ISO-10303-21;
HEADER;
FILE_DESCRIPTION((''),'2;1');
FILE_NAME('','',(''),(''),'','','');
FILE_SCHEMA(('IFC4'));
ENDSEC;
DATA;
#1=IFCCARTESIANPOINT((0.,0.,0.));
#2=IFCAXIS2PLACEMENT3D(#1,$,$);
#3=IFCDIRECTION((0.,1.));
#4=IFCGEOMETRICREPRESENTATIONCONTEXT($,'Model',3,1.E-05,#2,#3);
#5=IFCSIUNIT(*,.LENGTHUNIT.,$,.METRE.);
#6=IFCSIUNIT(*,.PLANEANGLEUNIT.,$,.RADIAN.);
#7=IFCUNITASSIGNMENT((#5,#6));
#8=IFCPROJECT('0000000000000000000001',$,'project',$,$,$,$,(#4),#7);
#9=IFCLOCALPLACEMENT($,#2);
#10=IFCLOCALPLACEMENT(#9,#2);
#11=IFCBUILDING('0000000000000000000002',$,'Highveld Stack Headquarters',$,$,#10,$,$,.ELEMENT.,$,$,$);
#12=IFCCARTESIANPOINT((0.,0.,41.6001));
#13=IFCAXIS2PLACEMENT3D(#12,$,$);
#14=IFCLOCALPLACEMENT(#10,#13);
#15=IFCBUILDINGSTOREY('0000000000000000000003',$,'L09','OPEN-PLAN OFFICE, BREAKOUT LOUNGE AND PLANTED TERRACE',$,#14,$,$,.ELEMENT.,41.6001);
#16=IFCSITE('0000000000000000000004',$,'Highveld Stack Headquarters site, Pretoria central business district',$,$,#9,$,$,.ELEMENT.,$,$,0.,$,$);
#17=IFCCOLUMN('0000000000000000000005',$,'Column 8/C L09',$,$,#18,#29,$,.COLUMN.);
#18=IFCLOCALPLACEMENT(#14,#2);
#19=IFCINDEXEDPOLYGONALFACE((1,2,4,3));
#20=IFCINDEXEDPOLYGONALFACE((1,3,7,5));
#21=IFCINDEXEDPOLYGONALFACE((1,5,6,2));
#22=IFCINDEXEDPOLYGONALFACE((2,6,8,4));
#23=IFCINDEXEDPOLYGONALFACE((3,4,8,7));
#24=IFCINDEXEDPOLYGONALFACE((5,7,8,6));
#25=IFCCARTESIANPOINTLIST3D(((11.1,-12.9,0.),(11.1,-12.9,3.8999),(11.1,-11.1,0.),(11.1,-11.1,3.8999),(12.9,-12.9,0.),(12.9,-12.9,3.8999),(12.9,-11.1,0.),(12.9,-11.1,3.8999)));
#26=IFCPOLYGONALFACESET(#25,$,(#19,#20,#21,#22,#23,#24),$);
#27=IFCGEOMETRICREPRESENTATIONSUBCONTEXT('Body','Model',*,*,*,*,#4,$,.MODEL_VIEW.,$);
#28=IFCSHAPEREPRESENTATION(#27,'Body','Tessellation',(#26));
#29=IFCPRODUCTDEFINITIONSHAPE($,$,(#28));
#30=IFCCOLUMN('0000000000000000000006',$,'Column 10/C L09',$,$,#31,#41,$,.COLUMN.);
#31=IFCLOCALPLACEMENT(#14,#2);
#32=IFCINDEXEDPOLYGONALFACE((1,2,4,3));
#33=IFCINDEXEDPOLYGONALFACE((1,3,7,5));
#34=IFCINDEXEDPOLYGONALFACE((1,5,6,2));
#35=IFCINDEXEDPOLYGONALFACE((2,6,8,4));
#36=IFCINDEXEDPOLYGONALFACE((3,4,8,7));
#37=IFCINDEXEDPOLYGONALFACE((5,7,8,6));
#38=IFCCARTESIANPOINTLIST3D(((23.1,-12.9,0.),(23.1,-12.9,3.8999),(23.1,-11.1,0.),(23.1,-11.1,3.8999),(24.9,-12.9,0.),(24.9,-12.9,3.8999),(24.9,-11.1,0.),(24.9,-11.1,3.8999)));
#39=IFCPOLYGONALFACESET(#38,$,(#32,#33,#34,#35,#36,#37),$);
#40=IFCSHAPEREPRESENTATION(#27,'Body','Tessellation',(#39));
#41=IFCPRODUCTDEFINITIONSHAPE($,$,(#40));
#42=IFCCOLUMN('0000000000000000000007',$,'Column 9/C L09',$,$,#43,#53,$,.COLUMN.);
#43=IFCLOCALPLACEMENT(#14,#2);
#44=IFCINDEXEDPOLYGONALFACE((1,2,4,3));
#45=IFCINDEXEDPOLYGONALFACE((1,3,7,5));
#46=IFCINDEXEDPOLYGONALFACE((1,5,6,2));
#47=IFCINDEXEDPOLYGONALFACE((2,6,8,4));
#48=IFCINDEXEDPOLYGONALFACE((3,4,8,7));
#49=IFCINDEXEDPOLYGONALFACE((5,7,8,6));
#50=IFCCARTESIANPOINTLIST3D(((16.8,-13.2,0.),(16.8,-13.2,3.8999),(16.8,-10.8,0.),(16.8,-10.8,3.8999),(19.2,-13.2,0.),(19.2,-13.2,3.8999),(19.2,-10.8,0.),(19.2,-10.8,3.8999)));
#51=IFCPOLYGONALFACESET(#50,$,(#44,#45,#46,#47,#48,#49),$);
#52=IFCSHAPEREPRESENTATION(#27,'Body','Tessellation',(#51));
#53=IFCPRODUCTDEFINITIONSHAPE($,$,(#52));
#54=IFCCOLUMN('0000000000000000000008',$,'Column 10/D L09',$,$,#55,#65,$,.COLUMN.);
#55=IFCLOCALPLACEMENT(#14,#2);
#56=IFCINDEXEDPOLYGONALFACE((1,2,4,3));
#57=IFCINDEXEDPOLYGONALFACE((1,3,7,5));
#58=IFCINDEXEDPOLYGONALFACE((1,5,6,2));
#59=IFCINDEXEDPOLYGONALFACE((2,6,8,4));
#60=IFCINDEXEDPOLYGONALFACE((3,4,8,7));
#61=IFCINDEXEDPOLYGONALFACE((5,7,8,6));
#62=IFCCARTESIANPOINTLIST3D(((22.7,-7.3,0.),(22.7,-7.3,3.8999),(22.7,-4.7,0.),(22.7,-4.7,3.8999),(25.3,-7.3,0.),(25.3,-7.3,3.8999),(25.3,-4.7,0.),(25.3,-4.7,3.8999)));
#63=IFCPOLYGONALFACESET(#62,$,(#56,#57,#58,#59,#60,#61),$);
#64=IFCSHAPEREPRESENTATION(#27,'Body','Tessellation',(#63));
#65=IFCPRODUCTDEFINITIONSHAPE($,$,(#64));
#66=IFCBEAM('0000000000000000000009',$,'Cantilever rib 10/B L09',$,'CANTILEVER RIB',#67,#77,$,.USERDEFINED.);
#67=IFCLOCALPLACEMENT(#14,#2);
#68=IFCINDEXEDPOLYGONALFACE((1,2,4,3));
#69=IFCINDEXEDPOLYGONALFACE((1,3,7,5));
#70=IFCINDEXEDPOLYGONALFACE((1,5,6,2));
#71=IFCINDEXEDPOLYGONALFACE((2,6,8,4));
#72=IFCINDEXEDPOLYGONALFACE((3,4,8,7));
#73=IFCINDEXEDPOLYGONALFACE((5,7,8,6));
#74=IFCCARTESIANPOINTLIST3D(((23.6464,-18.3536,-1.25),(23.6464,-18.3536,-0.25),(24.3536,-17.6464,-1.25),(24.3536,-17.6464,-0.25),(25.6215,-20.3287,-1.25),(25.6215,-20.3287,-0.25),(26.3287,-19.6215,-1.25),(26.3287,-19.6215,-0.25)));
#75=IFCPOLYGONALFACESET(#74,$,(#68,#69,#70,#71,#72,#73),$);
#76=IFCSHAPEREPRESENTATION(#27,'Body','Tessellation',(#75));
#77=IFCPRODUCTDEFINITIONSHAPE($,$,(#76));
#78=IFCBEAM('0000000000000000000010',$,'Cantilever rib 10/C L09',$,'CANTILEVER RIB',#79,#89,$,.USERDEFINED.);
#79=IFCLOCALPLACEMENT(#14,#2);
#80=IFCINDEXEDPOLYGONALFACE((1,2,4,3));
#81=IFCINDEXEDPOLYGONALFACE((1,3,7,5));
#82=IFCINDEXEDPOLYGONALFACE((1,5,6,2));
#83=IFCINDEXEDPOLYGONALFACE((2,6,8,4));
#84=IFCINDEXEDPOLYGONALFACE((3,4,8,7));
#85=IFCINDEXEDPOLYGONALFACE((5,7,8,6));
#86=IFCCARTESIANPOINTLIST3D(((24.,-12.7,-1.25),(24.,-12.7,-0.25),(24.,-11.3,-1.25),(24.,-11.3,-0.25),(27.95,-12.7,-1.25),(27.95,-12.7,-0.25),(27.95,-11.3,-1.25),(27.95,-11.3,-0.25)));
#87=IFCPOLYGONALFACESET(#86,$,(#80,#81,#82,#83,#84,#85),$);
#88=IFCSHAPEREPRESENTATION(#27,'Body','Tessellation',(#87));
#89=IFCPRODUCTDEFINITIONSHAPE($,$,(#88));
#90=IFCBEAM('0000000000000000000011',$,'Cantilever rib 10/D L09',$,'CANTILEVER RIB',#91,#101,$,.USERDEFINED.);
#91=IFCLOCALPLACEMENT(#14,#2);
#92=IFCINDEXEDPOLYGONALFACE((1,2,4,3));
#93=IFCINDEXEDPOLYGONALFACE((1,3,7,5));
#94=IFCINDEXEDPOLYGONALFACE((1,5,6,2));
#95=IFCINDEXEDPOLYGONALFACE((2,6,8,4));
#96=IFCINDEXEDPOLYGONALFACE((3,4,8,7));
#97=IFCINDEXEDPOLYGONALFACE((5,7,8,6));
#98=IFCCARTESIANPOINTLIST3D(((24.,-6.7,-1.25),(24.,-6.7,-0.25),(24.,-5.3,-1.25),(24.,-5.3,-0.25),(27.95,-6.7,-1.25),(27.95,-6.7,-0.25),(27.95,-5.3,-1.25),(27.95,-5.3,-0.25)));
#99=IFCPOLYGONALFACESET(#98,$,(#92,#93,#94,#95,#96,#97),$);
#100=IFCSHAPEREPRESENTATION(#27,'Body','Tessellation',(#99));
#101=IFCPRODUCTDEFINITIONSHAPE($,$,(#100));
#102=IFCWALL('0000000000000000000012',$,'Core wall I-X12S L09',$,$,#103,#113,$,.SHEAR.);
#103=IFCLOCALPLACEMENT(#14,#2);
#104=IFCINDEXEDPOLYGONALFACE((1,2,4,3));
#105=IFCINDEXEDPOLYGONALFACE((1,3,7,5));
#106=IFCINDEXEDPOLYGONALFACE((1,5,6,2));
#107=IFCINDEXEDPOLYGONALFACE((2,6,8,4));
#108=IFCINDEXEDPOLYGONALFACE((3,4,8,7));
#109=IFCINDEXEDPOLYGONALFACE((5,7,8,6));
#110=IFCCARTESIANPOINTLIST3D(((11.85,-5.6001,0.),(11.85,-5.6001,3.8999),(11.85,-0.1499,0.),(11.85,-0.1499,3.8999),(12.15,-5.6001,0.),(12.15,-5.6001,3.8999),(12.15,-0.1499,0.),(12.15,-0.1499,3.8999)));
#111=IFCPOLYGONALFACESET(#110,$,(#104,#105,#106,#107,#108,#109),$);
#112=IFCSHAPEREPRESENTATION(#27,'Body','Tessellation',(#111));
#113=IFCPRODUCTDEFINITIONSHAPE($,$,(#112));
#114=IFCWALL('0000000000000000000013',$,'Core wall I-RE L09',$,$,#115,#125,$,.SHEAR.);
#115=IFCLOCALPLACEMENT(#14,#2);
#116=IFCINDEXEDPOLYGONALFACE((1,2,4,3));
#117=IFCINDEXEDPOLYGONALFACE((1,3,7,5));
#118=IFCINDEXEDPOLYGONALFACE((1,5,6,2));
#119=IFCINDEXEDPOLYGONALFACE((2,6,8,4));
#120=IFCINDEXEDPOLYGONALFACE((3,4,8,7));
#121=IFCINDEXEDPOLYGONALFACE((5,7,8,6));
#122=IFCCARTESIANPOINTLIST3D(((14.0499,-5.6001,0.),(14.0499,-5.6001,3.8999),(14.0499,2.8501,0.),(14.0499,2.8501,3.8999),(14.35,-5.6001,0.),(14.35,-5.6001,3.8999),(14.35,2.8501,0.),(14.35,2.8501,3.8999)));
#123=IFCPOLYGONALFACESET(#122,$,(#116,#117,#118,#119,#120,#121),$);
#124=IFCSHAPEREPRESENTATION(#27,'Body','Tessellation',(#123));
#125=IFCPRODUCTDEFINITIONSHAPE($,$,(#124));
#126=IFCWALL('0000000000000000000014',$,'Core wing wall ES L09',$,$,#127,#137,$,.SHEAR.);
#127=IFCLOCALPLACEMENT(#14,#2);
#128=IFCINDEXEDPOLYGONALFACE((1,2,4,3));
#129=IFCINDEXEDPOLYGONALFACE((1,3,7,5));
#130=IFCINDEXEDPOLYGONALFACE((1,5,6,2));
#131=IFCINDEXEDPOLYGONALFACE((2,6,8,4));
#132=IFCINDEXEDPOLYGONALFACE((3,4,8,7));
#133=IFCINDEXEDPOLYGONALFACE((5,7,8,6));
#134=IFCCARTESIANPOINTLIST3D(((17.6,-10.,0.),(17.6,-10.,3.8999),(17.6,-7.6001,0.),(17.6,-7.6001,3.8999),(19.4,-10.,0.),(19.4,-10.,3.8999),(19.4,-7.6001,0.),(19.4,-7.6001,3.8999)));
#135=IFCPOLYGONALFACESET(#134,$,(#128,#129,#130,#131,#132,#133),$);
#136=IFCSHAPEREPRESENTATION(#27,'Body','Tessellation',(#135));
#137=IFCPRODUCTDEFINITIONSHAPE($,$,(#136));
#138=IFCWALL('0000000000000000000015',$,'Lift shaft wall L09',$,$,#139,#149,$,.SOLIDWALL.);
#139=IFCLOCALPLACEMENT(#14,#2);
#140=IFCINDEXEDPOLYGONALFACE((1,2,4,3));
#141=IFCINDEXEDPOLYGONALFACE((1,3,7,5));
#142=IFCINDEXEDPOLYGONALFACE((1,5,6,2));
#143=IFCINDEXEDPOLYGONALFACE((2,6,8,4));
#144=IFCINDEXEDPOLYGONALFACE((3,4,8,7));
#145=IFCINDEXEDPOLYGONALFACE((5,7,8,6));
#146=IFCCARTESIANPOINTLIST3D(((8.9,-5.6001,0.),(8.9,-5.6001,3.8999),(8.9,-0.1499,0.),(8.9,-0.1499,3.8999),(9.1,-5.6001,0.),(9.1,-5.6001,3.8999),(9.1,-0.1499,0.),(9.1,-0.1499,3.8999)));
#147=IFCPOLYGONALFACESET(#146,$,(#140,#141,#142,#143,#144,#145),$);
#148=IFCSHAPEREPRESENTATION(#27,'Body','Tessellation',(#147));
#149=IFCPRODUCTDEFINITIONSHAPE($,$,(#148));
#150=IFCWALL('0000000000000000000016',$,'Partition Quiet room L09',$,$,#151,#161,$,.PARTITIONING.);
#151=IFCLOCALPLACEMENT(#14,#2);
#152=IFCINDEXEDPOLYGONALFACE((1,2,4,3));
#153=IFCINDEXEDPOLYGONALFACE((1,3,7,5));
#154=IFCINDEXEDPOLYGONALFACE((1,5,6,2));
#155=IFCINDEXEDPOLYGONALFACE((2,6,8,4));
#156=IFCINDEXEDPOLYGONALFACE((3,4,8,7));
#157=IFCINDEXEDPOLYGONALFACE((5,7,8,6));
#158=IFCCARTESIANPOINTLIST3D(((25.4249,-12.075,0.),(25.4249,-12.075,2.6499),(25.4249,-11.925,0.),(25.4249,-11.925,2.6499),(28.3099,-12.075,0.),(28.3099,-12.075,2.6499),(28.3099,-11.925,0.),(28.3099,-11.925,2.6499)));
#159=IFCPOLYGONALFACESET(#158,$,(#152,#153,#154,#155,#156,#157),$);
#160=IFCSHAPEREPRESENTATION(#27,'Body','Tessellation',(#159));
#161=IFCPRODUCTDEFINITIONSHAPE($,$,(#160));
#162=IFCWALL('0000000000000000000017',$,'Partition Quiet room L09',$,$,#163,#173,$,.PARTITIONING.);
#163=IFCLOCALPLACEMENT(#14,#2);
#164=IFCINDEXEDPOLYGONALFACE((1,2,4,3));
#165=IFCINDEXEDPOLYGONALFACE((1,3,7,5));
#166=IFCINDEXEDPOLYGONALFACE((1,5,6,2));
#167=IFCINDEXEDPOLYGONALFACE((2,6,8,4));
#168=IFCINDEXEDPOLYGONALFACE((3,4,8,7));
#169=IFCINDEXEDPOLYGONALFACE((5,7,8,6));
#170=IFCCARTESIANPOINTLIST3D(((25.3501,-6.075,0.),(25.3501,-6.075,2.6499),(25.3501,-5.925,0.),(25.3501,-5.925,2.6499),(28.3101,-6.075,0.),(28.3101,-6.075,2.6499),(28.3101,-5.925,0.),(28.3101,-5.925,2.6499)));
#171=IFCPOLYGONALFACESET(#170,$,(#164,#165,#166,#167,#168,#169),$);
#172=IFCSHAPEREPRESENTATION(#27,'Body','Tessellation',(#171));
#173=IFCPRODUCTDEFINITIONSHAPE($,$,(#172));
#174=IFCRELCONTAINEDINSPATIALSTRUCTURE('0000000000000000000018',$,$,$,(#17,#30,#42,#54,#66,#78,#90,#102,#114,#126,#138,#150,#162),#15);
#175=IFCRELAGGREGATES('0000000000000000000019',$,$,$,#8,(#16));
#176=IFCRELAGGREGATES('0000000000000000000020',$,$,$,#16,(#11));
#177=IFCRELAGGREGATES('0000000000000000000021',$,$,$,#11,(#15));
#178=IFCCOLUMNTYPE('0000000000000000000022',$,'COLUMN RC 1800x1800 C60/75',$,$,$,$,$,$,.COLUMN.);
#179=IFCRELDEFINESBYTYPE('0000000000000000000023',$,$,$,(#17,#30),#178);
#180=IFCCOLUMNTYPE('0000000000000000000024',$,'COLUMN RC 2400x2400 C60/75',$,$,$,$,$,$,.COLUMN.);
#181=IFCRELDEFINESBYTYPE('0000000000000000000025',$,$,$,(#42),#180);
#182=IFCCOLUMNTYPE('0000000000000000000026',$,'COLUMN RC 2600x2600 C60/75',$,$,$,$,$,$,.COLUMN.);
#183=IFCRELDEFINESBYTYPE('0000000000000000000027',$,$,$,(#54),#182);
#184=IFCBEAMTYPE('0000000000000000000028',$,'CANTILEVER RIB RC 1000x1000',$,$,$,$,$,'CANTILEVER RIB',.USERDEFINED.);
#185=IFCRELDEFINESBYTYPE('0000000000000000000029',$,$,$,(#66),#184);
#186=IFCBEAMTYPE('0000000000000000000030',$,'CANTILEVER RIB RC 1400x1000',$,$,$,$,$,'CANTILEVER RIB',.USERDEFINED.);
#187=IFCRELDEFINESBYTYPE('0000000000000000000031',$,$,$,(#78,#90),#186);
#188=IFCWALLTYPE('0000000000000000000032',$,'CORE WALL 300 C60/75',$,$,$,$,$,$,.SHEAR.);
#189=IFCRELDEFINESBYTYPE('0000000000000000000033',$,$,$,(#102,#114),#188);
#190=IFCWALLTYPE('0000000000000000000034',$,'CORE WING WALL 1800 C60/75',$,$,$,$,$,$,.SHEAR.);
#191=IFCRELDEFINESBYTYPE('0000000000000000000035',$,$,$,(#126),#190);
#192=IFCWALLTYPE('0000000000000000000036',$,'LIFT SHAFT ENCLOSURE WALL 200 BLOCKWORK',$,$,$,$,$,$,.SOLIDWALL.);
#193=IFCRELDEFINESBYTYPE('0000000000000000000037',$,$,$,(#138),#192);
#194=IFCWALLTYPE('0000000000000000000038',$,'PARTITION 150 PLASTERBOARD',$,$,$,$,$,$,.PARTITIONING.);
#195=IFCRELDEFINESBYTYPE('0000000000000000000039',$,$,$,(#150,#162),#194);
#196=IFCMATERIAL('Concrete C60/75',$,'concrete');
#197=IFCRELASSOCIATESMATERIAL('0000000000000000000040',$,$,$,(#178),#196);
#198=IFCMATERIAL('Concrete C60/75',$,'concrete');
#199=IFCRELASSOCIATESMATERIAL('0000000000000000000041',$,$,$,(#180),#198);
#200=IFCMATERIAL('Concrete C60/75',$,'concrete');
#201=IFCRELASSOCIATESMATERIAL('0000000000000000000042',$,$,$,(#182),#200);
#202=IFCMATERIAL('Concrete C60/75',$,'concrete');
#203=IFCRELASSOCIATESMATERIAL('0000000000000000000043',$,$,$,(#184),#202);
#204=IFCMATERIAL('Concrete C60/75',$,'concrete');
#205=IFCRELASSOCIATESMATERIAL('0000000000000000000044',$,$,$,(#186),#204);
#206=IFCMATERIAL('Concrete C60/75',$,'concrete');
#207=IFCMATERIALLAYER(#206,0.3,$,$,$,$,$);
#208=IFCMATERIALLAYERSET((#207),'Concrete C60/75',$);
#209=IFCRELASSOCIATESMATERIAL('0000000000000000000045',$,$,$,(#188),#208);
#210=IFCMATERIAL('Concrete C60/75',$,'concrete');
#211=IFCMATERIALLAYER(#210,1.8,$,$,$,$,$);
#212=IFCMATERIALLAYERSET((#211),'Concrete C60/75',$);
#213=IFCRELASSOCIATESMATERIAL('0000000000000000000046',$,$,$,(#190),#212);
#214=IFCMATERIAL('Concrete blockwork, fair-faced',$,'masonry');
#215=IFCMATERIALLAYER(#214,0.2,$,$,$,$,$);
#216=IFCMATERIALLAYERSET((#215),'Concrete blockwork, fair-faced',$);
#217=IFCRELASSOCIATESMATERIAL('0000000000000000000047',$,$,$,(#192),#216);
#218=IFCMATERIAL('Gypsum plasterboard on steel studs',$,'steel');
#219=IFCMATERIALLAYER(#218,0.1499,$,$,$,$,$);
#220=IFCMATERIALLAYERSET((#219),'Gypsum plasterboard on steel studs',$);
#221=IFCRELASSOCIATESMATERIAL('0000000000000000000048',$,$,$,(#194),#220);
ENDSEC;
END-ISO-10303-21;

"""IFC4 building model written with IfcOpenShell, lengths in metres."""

from ifc_helpers import new_model, si_unit, direction, frame, frame_2d, origin, origin_2d, place, context, subcontext, project, spatial, rectangle, extrude, material, layer, layer_set, material_profile, profile_set, type_object, element, save


model = new_model("IFC4")

# Units and contexts
model_context = context("Model", 3, precision=1e-05, world=origin(), true_north=direction((0.0, 1.0)))
body_context = subcontext(model_context, "Body", "Model", "MODEL_VIEW")
ifc_project = project(units=[si_unit("LENGTHUNIT", "METRE"), si_unit("PLANEANGLEUNIT", "RADIAN")], contexts=[model_context])

# Site, building, storey
site_placement = place(None, origin())
site = spatial("IfcSite", under=ifc_project, at=site_placement, Name="Highveld Stack Headquarters site, Pretoria central business district", CompositionType="ELEMENT", RefElevation=0.0)
building_placement = place(site_placement, origin())
building = spatial("IfcBuilding", under=site, at=building_placement, Name="Highveld Stack Headquarters", CompositionType="ELEMENT")
storey_placement = place(building_placement, frame((0.0, 0.0, 41.6001)))
storey = spatial("IfcBuildingStorey", under=building, at=storey_placement, Name="L09", Description="OPEN-PLAN OFFICE, BREAKOUT LOUNGE AND PLANTED TERRACE", CompositionType="ELEMENT", Elevation=41.6001)

# Columns
ifc_material_1 = material(Name="Concrete C60/75", Category="concrete")
ifc_material_profile_1 = material_profile(ifc_material_1, rectangle(XDim=1.8, YDim=1.8, at=origin_2d()), Name="RC 1800x1800")
ifc_profile_set_1 = profile_set([ifc_material_profile_1], Name="Concrete C60/75")
column_type_1 = type_object("IfcColumnType", Name="COLUMN RC 1800x1800 C60/75", PredefinedType="COLUMN", material=ifc_profile_set_1)
for number, where, z_axis, x_axis, name in (
    (1, (12.0, -12.0, 0.0), (0.0, 0.0, 1.0), (1.0, 0.0, 0.0), "Column 8/C L09"),
    (2, (24.0, -12.0, 0.0), (0.0, 0.0, 1.0), (1.0, 0.0, 0.0), "Column 10/C L09"),
):
    element("IfcColumn", number, at=place(storey_placement, frame(where, z_axis=z_axis, x_axis=x_axis)), inside=storey, type_object=column_type_1, Name=name, PredefinedType="COLUMN", context=body_context, shape_type="SweptSolid", body=[
        extrude(rectangle(XDim=1.8, YDim=1.8, at=origin_2d()), origin(), (0.0, 0.0, 1.0), 3.8999),
    ])
ifc_material_2 = material(Name="Concrete C60/75", Category="concrete")
ifc_material_profile_2 = material_profile(ifc_material_2, rectangle(XDim=2.3999, YDim=2.3999, at=origin_2d()), Name="RC 2400x2400")
ifc_profile_set_2 = profile_set([ifc_material_profile_2], Name="Concrete C60/75")
column_type_2 = type_object("IfcColumnType", Name="COLUMN RC 2400x2400 C60/75", PredefinedType="COLUMN", material=ifc_profile_set_2)
column_1_placement = place(storey_placement, frame((18.0, -12.0, 0.0), z_axis=(0.0, 0.0, 1.0), x_axis=(1.0, 0.0, 0.0)))
element("IfcColumn", 3, at=column_1_placement, inside=storey, type_object=column_type_2, Name="Column 9/C L09", PredefinedType="COLUMN", context=body_context, shape_type="SweptSolid", body=[
    extrude(rectangle(XDim=2.3999, YDim=2.3999, at=origin_2d()), origin(), (0.0, 0.0, 1.0), 3.8999),
])
ifc_material_3 = material(Name="Concrete C60/75", Category="concrete")
ifc_material_profile_3 = material_profile(ifc_material_3, rectangle(XDim=2.6001, YDim=2.6001, at=origin_2d()), Name="RC 2600x2600")
ifc_profile_set_3 = profile_set([ifc_material_profile_3], Name="Concrete C60/75")
column_type_3 = type_object("IfcColumnType", Name="COLUMN RC 2600x2600 C60/75", PredefinedType="COLUMN", material=ifc_profile_set_3)
column_2_placement = place(storey_placement, frame((24.0, -6.0, 0.0), z_axis=(0.0, 0.0, 1.0), x_axis=(1.0, 0.0, 0.0)))
element("IfcColumn", 4, at=column_2_placement, inside=storey, type_object=column_type_3, Name="Column 10/D L09", PredefinedType="COLUMN", context=body_context, shape_type="SweptSolid", body=[
    extrude(rectangle(XDim=2.6001, YDim=2.6001, at=origin_2d()), origin(), (0.0, 0.0, 1.0), 3.8999),
])

# Beams
ifc_material_4 = material(Name="Concrete C60/75", Category="concrete")
ifc_material_profile_4 = material_profile(ifc_material_4, rectangle(XDim=1.0, YDim=1.0, at=origin_2d()), Name="RC 1000x1000")
ifc_profile_set_4 = profile_set([ifc_material_profile_4], Name="Concrete C60/75")
beam_type_1 = type_object("IfcBeamType", Name="CANTILEVER RIB RC 1000x1000", ElementType="CANTILEVER RIB", PredefinedType="USERDEFINED", material=ifc_profile_set_4)
beam_placement = place(storey_placement, frame((24.0, -18.0, -0.75), z_axis=(0.707107, -0.707107, 0.0), x_axis=(0.707107, 0.707107, 0.0)))
element("IfcBeam", 5, at=beam_placement, inside=storey, type_object=beam_type_1, Name="Cantilever rib 10/B L09", ObjectType="CANTILEVER RIB", PredefinedType="USERDEFINED", context=body_context, shape_type="SweptSolid", body=[
    extrude(rectangle(XDim=1.0, YDim=1.0, at=origin_2d()), origin(), (0.0, 0.0, 1.0), 2.7932),
])
ifc_material_5 = material(Name="Concrete C60/75", Category="concrete")
ifc_material_profile_5 = material_profile(ifc_material_5, rectangle(XDim=1.3999, YDim=1.0, at=origin_2d()), Name="RC 1400x1000")
ifc_profile_set_5 = profile_set([ifc_material_profile_5], Name="Concrete C60/75")
beam_type_2 = type_object("IfcBeamType", Name="CANTILEVER RIB RC 1400x1000", ElementType="CANTILEVER RIB", PredefinedType="USERDEFINED", material=ifc_profile_set_5)
for number, where, z_axis, x_axis, name in (
    (6, (24.0, -12.0, -0.75), (1.0, 0.0, 0.0), (0.0, 1.0, 0.0), "Cantilever rib 10/C L09"),
    (7, (24.0, -6.0, -0.75), (1.0, 0.0, 0.0), (0.0, 1.0, 0.0), "Cantilever rib 10/D L09"),
):
    element("IfcBeam", number, at=place(storey_placement, frame(where, z_axis=z_axis, x_axis=x_axis)), inside=storey, type_object=beam_type_2, Name=name, ObjectType="CANTILEVER RIB", PredefinedType="USERDEFINED", context=body_context, shape_type="SweptSolid", body=[
        extrude(rectangle(XDim=1.3999, YDim=1.0, at=origin_2d()), origin(), (0.0, 0.0, 1.0), 3.95),
    ])

# Walls
ifc_material_6 = material(Name="Concrete C60/75", Category="concrete")
ifc_layer_1 = layer(ifc_material_6, 0.3)
ifc_layer_set_1 = layer_set([ifc_layer_1], Name="Concrete C60/75")
wall_type_1 = type_object("IfcWallType", Name="CORE WALL 300 C60/75", PredefinedType="SHEAR", material=ifc_layer_set_1)
wall_1_placement = place(storey_placement, frame((12.0, -5.6001, 0.0), z_axis=(0.0, 0.0, 1.0), x_axis=(0.0, 1.0, 0.0)))
element("IfcWall", 8, at=wall_1_placement, inside=storey, type_object=wall_type_1, Name="Core wall I-X12S L09", PredefinedType="SHEAR", context=body_context, shape_type="SweptSolid", body=[
    extrude(rectangle(XDim=5.4502, YDim=0.3, at=frame_2d((2.7251, 0.0))), origin(), (0.0, 0.0, 1.0), 3.8999),
])
wall_2_placement = place(storey_placement, frame((14.2, -5.6001, 0.0), z_axis=(0.0, 0.0, 1.0), x_axis=(0.0, 1.0, 0.0)))
element("IfcWall", 9, at=wall_2_placement, inside=storey, type_object=wall_type_1, Name="Core wall I-RE L09", PredefinedType="SHEAR", context=body_context, shape_type="SweptSolid", body=[
    extrude(rectangle(XDim=8.4502, YDim=0.3, at=frame_2d((4.2251, 0.0))), origin(), (0.0, 0.0, 1.0), 3.8999),
])
ifc_material_7 = material(Name="Concrete C60/75", Category="concrete")
ifc_layer_2 = layer(ifc_material_7, 1.8)
ifc_layer_set_2 = layer_set([ifc_layer_2], Name="Concrete C60/75")
wall_type_2 = type_object("IfcWallType", Name="CORE WING WALL 1800 C60/75", PredefinedType="SHEAR", material=ifc_layer_set_2)
wall_3_placement = place(storey_placement, frame((18.5, -10.0, 0.0), z_axis=(0.0, 0.0, 1.0), x_axis=(0.0, 1.0, 0.0)))
element("IfcWall", 10, at=wall_3_placement, inside=storey, type_object=wall_type_2, Name="Core wing wall ES L09", PredefinedType="SHEAR", context=body_context, shape_type="SweptSolid", body=[
    extrude(rectangle(XDim=2.3999, YDim=1.8, at=frame_2d((1.2, 0.0))), origin(), (0.0, 0.0, 1.0), 3.8999),
])
ifc_material_8 = material(Name="Concrete blockwork, fair-faced", Category="masonry")
ifc_layer_3 = layer(ifc_material_8, 0.2)
ifc_layer_set_3 = layer_set([ifc_layer_3], Name="Concrete blockwork, fair-faced")
wall_type_3 = type_object("IfcWallType", Name="LIFT SHAFT ENCLOSURE WALL 200 BLOCKWORK", PredefinedType="SOLIDWALL", material=ifc_layer_set_3)
wall_4_placement = place(storey_placement, frame((9.0, -5.6001, 0.0), z_axis=(0.0, 0.0, 1.0), x_axis=(0.0, 1.0, 0.0)))
element("IfcWall", 11, at=wall_4_placement, inside=storey, type_object=wall_type_3, Name="Lift shaft wall L09", PredefinedType="SOLIDWALL", context=body_context, shape_type="SweptSolid", body=[
    extrude(rectangle(XDim=5.4502, YDim=0.2, at=frame_2d((2.7251, 0.0))), origin(), (0.0, 0.0, 1.0), 3.8999),
])
ifc_material_9 = material(Name="Gypsum plasterboard on steel studs", Category="steel")
ifc_layer_4 = layer(ifc_material_9, 0.1499)
ifc_layer_set_4 = layer_set([ifc_layer_4], Name="Gypsum plasterboard on steel studs")
wall_type_4 = type_object("IfcWallType", Name="PARTITION 150 PLASTERBOARD", PredefinedType="PARTITIONING", material=ifc_layer_set_4)
wall_5_placement = place(storey_placement, frame((25.425, -12.0, 0.0), z_axis=(0.0, 0.0, 1.0), x_axis=(1.0, 0.0, 0.0)))
element("IfcWall", 12, at=wall_5_placement, inside=storey, type_object=wall_type_4, Name="Partition Quiet room L09", PredefinedType="PARTITIONING", context=body_context, shape_type="SweptSolid", body=[
    extrude(rectangle(XDim=2.885, YDim=0.1499, at=frame_2d((1.4424, 0.0))), origin(), (0.0, 0.0, 1.0), 2.6499),
])
wall_6_placement = place(storey_placement, frame((25.3501, -6.0, 0.0), z_axis=(0.0, 0.0, 1.0), x_axis=(1.0, 0.0, 0.0)))
element("IfcWall", 13, at=wall_6_placement, inside=storey, type_object=wall_type_4, Name="Partition Quiet room L09", PredefinedType="PARTITIONING", context=body_context, shape_type="SweptSolid", body=[
    extrude(rectangle(XDim=2.96, YDim=0.1499, at=frame_2d((1.48, 0.0))), origin(), (0.0, 0.0, 1.0), 2.6499),
])

save(model, "model.ifc")
